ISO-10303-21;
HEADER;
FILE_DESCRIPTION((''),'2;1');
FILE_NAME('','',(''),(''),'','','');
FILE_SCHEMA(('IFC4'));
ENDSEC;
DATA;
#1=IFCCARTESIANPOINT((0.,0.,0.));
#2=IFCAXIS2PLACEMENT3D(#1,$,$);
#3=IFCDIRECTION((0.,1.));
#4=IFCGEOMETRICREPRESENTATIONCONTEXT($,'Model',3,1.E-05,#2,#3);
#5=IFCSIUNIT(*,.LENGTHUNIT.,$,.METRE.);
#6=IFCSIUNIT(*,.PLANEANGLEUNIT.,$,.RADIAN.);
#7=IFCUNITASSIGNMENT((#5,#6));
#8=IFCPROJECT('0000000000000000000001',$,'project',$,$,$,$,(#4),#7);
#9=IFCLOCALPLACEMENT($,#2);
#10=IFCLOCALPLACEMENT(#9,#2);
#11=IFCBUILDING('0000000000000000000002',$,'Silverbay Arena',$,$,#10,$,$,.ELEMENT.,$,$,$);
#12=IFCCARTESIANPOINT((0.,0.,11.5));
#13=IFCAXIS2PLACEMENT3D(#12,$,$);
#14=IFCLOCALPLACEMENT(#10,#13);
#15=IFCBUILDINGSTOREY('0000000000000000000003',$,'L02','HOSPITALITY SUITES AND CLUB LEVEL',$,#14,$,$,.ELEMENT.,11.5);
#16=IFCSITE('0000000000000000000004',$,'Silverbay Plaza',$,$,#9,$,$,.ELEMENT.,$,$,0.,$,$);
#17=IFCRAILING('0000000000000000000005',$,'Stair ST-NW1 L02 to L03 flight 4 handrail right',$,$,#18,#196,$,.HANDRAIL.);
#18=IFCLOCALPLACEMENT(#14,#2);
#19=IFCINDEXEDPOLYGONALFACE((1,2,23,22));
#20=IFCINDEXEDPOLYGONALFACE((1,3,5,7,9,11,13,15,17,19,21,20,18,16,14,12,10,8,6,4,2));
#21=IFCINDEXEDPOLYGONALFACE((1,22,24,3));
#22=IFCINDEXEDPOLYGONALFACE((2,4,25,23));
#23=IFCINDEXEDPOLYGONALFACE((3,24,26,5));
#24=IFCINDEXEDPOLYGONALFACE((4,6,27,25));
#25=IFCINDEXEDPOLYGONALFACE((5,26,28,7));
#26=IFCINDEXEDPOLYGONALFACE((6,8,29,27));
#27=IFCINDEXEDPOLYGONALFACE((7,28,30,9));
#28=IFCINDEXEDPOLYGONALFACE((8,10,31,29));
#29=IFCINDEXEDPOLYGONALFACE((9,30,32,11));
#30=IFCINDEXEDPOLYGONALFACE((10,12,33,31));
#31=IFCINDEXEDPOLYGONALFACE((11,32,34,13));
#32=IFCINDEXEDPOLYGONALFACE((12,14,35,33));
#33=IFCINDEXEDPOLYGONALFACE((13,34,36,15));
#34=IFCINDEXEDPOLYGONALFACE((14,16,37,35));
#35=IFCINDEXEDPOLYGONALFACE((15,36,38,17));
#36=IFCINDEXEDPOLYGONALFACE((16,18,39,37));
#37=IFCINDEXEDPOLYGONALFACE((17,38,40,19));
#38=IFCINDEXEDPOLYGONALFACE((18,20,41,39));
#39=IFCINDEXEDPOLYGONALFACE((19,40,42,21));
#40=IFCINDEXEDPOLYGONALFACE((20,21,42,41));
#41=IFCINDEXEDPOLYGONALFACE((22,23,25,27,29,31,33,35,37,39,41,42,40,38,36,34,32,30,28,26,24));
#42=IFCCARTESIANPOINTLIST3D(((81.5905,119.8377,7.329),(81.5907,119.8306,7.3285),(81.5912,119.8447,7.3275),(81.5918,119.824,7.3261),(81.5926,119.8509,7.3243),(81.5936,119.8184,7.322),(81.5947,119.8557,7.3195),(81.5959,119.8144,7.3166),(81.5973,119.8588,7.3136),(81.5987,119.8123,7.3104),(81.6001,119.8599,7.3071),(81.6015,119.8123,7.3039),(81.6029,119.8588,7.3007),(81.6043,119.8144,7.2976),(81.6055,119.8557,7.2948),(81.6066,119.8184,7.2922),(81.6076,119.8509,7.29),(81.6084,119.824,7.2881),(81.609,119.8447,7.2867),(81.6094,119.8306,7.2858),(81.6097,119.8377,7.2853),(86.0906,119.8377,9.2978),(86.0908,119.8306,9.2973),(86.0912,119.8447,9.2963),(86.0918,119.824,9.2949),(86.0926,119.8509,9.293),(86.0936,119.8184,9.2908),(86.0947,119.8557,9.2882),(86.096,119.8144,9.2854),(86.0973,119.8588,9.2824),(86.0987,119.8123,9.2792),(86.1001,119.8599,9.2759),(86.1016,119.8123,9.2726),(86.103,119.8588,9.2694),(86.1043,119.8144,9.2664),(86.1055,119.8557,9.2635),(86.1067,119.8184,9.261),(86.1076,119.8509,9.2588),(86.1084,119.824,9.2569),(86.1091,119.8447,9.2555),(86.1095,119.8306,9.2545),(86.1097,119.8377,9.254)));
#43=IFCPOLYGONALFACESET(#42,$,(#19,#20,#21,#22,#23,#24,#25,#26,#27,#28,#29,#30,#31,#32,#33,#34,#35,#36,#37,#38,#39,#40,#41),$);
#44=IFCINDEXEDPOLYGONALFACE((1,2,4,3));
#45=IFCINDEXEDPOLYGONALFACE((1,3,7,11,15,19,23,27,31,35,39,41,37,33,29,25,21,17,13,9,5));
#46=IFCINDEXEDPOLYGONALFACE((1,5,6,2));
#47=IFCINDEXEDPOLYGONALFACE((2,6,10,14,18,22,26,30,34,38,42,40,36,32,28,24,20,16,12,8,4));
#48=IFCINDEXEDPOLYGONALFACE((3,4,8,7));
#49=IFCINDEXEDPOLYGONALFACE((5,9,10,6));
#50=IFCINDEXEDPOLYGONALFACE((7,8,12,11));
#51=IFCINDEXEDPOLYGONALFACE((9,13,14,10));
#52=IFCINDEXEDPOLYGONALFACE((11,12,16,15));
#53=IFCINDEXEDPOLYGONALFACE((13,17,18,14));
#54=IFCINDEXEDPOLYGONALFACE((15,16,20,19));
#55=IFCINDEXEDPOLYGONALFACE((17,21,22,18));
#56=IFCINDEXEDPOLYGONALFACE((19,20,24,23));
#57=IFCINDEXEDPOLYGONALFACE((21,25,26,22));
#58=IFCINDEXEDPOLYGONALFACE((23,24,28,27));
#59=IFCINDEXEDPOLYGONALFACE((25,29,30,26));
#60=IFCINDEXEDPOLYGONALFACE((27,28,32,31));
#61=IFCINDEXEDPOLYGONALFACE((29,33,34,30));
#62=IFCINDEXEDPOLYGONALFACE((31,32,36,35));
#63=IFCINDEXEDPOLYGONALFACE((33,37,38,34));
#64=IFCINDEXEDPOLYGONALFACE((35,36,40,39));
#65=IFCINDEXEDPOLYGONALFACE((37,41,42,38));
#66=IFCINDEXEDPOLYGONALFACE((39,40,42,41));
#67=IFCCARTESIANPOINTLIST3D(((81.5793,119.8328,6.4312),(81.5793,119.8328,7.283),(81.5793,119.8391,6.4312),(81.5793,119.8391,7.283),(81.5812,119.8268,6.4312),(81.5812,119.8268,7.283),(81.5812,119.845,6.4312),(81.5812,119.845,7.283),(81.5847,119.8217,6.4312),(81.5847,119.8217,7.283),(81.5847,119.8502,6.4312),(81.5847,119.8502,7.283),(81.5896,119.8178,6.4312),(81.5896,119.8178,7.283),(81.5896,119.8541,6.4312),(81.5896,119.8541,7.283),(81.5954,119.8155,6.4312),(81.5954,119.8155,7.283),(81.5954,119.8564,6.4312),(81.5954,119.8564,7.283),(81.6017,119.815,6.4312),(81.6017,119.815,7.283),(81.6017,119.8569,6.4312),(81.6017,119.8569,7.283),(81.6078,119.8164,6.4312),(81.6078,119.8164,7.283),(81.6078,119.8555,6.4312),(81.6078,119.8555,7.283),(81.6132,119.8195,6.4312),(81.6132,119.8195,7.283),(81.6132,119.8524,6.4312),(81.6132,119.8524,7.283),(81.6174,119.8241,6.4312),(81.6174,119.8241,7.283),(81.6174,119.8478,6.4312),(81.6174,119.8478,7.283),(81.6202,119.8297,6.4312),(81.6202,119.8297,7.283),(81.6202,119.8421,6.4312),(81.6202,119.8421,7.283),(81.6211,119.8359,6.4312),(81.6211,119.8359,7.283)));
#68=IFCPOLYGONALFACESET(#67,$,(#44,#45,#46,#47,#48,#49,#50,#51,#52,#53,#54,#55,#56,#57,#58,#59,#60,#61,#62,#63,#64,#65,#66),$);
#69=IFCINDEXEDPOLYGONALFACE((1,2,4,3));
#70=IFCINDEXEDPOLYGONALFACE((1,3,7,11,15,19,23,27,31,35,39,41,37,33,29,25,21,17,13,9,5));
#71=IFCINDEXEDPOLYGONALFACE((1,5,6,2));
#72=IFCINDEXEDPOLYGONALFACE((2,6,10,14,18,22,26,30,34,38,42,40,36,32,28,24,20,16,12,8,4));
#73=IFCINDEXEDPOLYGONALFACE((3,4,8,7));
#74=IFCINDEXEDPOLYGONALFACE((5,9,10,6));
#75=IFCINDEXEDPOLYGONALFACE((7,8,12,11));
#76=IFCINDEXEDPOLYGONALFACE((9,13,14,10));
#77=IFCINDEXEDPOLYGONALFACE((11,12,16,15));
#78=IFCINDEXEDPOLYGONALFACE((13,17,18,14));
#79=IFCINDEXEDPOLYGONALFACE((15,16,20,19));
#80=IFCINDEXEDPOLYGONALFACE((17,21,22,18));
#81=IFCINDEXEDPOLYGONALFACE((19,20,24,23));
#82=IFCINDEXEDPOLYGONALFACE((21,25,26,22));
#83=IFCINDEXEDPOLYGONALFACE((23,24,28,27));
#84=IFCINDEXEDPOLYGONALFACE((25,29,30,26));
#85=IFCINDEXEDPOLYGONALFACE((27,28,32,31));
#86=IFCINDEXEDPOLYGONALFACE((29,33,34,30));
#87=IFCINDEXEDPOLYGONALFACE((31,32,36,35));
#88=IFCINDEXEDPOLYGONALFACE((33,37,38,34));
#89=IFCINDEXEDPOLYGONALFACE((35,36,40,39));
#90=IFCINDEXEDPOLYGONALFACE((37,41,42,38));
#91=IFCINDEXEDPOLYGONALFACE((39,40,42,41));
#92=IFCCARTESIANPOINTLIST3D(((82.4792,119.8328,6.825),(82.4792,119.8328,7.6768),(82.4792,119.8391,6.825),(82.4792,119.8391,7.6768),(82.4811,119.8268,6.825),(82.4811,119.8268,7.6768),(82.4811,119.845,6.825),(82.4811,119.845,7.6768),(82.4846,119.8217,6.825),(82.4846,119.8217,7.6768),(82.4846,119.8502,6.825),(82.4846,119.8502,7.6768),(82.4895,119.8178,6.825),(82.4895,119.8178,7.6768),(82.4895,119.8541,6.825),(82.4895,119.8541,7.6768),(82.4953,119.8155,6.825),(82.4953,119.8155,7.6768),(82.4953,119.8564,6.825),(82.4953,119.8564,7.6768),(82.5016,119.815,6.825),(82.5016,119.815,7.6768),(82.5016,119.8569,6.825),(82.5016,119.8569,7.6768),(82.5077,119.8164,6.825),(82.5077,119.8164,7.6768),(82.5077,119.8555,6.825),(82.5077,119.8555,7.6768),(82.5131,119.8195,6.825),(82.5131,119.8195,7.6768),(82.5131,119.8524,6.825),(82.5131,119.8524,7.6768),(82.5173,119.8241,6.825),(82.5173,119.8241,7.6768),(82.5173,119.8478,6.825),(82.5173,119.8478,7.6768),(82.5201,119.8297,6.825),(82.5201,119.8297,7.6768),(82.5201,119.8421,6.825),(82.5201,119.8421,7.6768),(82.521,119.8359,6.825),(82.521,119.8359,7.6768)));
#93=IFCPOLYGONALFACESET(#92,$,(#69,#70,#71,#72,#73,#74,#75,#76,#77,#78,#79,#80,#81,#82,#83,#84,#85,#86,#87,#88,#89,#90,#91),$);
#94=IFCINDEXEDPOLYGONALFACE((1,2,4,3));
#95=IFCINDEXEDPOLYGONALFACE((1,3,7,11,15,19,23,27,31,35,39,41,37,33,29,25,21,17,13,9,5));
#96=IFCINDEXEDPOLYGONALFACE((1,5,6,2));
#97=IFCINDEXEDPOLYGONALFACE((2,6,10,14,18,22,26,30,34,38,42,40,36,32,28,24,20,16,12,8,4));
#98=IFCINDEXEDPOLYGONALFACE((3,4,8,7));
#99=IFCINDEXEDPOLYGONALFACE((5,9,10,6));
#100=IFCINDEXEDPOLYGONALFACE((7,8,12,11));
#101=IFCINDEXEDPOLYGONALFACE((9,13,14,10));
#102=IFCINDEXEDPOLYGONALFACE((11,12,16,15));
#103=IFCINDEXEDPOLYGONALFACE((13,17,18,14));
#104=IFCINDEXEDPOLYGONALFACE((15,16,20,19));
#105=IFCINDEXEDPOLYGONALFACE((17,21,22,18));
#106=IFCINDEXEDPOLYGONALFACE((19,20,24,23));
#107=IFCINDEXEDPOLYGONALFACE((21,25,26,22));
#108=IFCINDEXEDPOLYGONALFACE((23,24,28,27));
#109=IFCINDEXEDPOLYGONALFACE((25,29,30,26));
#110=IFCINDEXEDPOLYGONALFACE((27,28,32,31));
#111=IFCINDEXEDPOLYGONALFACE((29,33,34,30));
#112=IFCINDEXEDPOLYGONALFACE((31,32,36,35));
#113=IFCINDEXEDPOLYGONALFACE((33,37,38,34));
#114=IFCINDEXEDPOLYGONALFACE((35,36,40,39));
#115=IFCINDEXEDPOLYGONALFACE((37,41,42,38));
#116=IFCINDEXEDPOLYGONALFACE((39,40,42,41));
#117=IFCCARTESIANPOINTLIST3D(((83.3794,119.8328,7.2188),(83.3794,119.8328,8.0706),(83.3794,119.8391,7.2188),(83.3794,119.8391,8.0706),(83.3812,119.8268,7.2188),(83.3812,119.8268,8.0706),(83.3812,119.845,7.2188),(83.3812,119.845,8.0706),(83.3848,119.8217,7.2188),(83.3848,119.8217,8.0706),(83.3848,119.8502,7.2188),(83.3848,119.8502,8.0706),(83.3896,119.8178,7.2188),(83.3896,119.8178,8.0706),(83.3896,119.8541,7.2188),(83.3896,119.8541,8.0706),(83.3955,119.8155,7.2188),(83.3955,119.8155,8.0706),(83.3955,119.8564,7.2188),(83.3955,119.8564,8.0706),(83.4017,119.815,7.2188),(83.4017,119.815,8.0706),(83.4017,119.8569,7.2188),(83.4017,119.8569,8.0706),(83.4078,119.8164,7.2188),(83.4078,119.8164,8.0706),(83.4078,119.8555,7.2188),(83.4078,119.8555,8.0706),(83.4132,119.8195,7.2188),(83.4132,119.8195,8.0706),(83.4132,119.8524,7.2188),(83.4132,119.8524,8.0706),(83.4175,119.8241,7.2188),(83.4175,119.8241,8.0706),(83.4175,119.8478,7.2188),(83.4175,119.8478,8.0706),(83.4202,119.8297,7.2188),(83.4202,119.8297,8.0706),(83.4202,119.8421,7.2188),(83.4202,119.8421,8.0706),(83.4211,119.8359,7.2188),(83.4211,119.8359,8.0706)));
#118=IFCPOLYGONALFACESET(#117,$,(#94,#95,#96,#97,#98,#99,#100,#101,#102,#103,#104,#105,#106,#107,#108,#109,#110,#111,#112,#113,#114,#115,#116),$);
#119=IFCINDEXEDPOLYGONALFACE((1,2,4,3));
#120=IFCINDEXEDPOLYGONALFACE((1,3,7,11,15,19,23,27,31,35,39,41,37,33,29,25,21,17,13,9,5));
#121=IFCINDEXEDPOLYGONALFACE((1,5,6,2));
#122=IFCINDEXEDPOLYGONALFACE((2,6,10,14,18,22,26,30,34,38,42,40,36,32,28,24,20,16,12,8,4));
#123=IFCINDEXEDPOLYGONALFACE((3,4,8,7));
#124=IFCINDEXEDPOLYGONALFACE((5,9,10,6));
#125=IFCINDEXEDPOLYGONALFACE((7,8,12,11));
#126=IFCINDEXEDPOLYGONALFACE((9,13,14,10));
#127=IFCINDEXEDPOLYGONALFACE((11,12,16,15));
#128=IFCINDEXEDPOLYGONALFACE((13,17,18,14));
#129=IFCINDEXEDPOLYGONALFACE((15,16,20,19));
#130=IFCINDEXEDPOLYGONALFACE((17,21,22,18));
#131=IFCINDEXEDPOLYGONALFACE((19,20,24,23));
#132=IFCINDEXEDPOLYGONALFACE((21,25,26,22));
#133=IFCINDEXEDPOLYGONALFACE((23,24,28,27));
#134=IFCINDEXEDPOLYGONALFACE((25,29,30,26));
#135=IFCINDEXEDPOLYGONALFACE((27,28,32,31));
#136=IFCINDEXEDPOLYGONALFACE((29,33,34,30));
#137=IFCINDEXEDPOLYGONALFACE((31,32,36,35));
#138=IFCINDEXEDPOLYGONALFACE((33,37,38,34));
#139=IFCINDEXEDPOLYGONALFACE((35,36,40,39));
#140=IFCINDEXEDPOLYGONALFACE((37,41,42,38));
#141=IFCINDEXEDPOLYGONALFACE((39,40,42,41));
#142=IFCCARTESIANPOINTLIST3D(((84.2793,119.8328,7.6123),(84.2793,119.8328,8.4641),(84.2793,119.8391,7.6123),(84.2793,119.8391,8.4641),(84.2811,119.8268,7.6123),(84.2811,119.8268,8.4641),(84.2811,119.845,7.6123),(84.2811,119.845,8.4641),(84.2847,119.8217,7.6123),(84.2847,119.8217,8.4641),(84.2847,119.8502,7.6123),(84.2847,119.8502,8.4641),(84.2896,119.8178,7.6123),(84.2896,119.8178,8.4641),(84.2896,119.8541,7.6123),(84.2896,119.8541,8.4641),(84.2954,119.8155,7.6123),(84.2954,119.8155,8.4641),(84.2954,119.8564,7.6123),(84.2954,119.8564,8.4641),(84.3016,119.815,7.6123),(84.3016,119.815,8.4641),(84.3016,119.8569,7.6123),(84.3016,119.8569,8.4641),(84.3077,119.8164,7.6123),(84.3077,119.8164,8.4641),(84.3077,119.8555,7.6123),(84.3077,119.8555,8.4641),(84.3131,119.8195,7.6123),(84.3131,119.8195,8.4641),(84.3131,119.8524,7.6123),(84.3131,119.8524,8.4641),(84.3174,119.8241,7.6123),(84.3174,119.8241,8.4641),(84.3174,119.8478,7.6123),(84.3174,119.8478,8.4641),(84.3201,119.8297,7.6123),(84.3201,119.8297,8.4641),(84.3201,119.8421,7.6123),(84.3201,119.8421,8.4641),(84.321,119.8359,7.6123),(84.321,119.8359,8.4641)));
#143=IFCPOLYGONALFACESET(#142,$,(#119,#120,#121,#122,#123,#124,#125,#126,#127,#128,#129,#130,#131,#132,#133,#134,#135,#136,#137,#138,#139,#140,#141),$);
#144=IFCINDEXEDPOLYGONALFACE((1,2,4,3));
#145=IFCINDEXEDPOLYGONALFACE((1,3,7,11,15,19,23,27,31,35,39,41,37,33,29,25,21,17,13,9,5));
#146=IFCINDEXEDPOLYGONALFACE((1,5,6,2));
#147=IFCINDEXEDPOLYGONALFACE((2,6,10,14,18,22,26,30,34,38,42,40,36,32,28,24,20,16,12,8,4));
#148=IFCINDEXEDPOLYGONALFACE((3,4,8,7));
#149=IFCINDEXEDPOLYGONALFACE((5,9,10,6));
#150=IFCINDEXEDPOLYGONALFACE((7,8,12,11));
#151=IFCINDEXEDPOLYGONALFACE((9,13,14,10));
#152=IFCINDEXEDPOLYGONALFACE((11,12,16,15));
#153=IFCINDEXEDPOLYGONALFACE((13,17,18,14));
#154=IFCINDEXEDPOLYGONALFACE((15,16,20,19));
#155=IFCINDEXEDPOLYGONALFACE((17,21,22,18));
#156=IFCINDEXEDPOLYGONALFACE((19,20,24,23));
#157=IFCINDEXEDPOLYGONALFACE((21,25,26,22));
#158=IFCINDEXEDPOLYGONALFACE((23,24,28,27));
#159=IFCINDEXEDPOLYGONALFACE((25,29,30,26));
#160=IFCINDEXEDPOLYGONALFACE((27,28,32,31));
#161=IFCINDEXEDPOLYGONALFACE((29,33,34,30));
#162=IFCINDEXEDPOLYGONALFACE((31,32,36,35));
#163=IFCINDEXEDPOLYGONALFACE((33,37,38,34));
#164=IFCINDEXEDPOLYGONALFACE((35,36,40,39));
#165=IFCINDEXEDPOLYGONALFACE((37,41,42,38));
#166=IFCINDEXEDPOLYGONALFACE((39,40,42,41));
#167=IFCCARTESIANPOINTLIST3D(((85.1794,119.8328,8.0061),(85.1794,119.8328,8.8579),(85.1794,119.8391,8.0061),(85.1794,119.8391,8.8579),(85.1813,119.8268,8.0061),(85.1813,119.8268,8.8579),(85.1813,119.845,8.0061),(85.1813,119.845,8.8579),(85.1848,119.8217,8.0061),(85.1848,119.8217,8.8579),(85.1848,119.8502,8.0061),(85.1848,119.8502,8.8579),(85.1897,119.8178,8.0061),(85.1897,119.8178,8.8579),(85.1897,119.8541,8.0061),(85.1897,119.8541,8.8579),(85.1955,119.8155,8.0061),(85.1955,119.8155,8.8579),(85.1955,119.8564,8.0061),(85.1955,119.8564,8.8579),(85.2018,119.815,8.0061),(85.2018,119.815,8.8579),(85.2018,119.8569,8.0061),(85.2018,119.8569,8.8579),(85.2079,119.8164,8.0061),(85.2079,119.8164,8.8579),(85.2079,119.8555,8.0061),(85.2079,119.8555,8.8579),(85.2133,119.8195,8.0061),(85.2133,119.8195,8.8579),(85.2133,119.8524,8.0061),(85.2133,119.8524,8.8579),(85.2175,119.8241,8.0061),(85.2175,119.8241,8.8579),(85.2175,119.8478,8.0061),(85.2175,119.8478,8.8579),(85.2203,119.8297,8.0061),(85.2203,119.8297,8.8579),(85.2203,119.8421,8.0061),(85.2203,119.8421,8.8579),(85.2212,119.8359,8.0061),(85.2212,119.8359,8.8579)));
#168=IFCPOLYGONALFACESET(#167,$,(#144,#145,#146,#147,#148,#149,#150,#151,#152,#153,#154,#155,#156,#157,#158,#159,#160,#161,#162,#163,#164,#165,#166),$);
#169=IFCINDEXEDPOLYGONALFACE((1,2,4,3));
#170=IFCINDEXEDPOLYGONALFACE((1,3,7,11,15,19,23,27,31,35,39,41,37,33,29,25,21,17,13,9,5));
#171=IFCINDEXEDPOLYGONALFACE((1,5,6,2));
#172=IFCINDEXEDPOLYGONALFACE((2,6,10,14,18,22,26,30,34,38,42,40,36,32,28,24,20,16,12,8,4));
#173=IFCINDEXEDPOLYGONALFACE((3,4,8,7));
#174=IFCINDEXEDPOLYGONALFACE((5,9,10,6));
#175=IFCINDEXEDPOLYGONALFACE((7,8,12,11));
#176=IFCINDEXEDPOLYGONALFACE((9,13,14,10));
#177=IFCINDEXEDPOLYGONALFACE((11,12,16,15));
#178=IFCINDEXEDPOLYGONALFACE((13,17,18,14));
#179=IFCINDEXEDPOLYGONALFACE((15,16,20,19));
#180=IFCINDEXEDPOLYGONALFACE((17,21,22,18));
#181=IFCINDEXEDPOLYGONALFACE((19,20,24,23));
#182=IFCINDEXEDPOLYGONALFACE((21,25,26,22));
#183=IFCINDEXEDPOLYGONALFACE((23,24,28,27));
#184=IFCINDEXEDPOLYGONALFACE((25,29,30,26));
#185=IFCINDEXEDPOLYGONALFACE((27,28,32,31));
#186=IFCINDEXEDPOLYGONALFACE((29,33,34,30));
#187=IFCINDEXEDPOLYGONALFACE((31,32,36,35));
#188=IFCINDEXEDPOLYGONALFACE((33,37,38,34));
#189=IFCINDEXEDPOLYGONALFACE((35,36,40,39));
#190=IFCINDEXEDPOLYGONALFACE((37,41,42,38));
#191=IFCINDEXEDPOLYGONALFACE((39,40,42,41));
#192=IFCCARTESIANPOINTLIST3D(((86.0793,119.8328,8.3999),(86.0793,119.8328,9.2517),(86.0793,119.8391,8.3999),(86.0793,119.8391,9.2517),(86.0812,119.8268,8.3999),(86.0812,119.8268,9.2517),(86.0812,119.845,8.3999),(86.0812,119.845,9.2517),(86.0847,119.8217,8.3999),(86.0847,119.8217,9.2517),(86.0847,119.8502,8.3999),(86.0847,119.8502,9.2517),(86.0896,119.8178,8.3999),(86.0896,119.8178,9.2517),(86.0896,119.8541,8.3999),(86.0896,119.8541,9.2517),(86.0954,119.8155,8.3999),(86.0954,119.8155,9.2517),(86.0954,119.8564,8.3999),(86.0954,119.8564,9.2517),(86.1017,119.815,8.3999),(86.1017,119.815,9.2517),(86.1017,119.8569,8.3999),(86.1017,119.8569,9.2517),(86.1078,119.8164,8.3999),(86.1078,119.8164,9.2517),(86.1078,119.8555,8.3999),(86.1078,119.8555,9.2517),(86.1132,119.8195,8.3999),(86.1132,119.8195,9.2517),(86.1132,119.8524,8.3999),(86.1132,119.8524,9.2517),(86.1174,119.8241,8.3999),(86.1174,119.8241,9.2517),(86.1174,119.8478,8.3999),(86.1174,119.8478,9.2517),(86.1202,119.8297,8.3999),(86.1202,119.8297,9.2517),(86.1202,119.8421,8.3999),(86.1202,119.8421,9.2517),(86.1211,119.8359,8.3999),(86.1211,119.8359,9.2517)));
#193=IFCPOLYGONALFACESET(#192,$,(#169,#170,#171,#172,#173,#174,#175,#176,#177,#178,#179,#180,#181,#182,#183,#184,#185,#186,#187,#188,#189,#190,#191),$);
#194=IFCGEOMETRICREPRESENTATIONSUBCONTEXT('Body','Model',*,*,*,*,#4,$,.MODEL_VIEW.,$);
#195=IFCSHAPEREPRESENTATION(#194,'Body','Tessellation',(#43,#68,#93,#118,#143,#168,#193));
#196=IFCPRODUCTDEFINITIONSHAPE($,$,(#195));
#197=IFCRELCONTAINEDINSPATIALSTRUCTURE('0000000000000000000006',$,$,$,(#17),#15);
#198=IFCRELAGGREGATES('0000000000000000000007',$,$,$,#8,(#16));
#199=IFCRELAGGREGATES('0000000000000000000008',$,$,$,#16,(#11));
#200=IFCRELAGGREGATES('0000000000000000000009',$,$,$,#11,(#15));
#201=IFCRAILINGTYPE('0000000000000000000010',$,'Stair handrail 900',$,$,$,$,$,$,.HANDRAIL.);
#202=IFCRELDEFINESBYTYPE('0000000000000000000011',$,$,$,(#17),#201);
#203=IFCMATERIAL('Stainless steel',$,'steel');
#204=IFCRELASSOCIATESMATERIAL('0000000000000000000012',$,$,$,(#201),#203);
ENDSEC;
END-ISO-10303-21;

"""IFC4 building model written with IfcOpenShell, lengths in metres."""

from ifc_helpers import new_model, si_unit, direction, frame, origin, origin_2d, place, context, subcontext, project, spatial, circle, extrude, material, type_object, element, save


model = new_model("IFC4")

# Units and contexts
model_context = context("Model", 3, precision=1e-05, world=origin(), true_north=direction((0.0, 1.0)))
body_context = subcontext(model_context, "Body", "Model", "MODEL_VIEW")
ifc_project = project(units=[si_unit("LENGTHUNIT", "METRE"), si_unit("PLANEANGLEUNIT", "RADIAN")], contexts=[model_context])

# Site, building, storey
site_placement = place(None, origin())
site = spatial("IfcSite", under=ifc_project, at=site_placement, Name="Silverbay Plaza", CompositionType="ELEMENT", RefElevation=0.0)
building_placement = place(site_placement, origin())
building = spatial("IfcBuilding", under=site, at=building_placement, Name="Silverbay Arena", CompositionType="ELEMENT")
storey_placement = place(building_placement, frame((0.0, 0.0, 11.5)))
storey = spatial("IfcBuildingStorey", under=building, at=storey_placement, Name="L02", Description="HOSPITALITY SUITES AND CLUB LEVEL", CompositionType="ELEMENT", Elevation=11.5)

# Railing
ifc_material_1 = material(Name="Stainless steel", Category="steel")
railing_type_1 = type_object("IfcRailingType", Name="Stair handrail 900", PredefinedType="HANDRAIL", material=ifc_material_1)
for number, where, name in (
    (1, (81.6001, 119.8359, 6.4312), "Stair ST-NW1 L02 to L03 flight 4 handrail right"),
):
    element("IfcRailing", number, at=place(storey_placement, frame(where)), inside=storey, type_object=railing_type_1, Name=name, PredefinedType="HANDRAIL", context=body_context, shape_type="SweptSolid", body=[
        extrude(circle(Radius=0.0239, at=origin_2d()), frame((0.0, 0.0, 0.876), z_axis=(0.916157, 0.0, 0.400819), x_axis=(0.0, 1.0, 0.0)), (0.0, 0.0, 1.0), 4.9119),
        extrude(circle(Radius=0.021, at=origin_2d()), origin(), (0.0, 0.0, 1.0), 0.8518),
        extrude(circle(Radius=0.021, at=origin_2d()), frame((0.8999, 0.0, 0.3938)), (0.0, 0.0, 1.0), 0.8518),
        extrude(circle(Radius=0.021, at=origin_2d()), frame((1.8, 0.0, 0.7876)), (0.0, 0.0, 1.0), 0.8518),
        extrude(circle(Radius=0.021, at=origin_2d()), frame((2.7, 0.0, 1.1812)), (0.0, 0.0, 1.0), 0.8518),
        extrude(circle(Radius=0.021, at=origin_2d()), frame((3.6001, 0.0, 1.575)), (0.0, 0.0, 1.0), 0.8518),
        extrude(circle(Radius=0.021, at=origin_2d()), frame((4.5, 0.0, 1.9688)), (0.0, 0.0, 1.0), 0.8518),
    ])

save(model, "model.ifc")
